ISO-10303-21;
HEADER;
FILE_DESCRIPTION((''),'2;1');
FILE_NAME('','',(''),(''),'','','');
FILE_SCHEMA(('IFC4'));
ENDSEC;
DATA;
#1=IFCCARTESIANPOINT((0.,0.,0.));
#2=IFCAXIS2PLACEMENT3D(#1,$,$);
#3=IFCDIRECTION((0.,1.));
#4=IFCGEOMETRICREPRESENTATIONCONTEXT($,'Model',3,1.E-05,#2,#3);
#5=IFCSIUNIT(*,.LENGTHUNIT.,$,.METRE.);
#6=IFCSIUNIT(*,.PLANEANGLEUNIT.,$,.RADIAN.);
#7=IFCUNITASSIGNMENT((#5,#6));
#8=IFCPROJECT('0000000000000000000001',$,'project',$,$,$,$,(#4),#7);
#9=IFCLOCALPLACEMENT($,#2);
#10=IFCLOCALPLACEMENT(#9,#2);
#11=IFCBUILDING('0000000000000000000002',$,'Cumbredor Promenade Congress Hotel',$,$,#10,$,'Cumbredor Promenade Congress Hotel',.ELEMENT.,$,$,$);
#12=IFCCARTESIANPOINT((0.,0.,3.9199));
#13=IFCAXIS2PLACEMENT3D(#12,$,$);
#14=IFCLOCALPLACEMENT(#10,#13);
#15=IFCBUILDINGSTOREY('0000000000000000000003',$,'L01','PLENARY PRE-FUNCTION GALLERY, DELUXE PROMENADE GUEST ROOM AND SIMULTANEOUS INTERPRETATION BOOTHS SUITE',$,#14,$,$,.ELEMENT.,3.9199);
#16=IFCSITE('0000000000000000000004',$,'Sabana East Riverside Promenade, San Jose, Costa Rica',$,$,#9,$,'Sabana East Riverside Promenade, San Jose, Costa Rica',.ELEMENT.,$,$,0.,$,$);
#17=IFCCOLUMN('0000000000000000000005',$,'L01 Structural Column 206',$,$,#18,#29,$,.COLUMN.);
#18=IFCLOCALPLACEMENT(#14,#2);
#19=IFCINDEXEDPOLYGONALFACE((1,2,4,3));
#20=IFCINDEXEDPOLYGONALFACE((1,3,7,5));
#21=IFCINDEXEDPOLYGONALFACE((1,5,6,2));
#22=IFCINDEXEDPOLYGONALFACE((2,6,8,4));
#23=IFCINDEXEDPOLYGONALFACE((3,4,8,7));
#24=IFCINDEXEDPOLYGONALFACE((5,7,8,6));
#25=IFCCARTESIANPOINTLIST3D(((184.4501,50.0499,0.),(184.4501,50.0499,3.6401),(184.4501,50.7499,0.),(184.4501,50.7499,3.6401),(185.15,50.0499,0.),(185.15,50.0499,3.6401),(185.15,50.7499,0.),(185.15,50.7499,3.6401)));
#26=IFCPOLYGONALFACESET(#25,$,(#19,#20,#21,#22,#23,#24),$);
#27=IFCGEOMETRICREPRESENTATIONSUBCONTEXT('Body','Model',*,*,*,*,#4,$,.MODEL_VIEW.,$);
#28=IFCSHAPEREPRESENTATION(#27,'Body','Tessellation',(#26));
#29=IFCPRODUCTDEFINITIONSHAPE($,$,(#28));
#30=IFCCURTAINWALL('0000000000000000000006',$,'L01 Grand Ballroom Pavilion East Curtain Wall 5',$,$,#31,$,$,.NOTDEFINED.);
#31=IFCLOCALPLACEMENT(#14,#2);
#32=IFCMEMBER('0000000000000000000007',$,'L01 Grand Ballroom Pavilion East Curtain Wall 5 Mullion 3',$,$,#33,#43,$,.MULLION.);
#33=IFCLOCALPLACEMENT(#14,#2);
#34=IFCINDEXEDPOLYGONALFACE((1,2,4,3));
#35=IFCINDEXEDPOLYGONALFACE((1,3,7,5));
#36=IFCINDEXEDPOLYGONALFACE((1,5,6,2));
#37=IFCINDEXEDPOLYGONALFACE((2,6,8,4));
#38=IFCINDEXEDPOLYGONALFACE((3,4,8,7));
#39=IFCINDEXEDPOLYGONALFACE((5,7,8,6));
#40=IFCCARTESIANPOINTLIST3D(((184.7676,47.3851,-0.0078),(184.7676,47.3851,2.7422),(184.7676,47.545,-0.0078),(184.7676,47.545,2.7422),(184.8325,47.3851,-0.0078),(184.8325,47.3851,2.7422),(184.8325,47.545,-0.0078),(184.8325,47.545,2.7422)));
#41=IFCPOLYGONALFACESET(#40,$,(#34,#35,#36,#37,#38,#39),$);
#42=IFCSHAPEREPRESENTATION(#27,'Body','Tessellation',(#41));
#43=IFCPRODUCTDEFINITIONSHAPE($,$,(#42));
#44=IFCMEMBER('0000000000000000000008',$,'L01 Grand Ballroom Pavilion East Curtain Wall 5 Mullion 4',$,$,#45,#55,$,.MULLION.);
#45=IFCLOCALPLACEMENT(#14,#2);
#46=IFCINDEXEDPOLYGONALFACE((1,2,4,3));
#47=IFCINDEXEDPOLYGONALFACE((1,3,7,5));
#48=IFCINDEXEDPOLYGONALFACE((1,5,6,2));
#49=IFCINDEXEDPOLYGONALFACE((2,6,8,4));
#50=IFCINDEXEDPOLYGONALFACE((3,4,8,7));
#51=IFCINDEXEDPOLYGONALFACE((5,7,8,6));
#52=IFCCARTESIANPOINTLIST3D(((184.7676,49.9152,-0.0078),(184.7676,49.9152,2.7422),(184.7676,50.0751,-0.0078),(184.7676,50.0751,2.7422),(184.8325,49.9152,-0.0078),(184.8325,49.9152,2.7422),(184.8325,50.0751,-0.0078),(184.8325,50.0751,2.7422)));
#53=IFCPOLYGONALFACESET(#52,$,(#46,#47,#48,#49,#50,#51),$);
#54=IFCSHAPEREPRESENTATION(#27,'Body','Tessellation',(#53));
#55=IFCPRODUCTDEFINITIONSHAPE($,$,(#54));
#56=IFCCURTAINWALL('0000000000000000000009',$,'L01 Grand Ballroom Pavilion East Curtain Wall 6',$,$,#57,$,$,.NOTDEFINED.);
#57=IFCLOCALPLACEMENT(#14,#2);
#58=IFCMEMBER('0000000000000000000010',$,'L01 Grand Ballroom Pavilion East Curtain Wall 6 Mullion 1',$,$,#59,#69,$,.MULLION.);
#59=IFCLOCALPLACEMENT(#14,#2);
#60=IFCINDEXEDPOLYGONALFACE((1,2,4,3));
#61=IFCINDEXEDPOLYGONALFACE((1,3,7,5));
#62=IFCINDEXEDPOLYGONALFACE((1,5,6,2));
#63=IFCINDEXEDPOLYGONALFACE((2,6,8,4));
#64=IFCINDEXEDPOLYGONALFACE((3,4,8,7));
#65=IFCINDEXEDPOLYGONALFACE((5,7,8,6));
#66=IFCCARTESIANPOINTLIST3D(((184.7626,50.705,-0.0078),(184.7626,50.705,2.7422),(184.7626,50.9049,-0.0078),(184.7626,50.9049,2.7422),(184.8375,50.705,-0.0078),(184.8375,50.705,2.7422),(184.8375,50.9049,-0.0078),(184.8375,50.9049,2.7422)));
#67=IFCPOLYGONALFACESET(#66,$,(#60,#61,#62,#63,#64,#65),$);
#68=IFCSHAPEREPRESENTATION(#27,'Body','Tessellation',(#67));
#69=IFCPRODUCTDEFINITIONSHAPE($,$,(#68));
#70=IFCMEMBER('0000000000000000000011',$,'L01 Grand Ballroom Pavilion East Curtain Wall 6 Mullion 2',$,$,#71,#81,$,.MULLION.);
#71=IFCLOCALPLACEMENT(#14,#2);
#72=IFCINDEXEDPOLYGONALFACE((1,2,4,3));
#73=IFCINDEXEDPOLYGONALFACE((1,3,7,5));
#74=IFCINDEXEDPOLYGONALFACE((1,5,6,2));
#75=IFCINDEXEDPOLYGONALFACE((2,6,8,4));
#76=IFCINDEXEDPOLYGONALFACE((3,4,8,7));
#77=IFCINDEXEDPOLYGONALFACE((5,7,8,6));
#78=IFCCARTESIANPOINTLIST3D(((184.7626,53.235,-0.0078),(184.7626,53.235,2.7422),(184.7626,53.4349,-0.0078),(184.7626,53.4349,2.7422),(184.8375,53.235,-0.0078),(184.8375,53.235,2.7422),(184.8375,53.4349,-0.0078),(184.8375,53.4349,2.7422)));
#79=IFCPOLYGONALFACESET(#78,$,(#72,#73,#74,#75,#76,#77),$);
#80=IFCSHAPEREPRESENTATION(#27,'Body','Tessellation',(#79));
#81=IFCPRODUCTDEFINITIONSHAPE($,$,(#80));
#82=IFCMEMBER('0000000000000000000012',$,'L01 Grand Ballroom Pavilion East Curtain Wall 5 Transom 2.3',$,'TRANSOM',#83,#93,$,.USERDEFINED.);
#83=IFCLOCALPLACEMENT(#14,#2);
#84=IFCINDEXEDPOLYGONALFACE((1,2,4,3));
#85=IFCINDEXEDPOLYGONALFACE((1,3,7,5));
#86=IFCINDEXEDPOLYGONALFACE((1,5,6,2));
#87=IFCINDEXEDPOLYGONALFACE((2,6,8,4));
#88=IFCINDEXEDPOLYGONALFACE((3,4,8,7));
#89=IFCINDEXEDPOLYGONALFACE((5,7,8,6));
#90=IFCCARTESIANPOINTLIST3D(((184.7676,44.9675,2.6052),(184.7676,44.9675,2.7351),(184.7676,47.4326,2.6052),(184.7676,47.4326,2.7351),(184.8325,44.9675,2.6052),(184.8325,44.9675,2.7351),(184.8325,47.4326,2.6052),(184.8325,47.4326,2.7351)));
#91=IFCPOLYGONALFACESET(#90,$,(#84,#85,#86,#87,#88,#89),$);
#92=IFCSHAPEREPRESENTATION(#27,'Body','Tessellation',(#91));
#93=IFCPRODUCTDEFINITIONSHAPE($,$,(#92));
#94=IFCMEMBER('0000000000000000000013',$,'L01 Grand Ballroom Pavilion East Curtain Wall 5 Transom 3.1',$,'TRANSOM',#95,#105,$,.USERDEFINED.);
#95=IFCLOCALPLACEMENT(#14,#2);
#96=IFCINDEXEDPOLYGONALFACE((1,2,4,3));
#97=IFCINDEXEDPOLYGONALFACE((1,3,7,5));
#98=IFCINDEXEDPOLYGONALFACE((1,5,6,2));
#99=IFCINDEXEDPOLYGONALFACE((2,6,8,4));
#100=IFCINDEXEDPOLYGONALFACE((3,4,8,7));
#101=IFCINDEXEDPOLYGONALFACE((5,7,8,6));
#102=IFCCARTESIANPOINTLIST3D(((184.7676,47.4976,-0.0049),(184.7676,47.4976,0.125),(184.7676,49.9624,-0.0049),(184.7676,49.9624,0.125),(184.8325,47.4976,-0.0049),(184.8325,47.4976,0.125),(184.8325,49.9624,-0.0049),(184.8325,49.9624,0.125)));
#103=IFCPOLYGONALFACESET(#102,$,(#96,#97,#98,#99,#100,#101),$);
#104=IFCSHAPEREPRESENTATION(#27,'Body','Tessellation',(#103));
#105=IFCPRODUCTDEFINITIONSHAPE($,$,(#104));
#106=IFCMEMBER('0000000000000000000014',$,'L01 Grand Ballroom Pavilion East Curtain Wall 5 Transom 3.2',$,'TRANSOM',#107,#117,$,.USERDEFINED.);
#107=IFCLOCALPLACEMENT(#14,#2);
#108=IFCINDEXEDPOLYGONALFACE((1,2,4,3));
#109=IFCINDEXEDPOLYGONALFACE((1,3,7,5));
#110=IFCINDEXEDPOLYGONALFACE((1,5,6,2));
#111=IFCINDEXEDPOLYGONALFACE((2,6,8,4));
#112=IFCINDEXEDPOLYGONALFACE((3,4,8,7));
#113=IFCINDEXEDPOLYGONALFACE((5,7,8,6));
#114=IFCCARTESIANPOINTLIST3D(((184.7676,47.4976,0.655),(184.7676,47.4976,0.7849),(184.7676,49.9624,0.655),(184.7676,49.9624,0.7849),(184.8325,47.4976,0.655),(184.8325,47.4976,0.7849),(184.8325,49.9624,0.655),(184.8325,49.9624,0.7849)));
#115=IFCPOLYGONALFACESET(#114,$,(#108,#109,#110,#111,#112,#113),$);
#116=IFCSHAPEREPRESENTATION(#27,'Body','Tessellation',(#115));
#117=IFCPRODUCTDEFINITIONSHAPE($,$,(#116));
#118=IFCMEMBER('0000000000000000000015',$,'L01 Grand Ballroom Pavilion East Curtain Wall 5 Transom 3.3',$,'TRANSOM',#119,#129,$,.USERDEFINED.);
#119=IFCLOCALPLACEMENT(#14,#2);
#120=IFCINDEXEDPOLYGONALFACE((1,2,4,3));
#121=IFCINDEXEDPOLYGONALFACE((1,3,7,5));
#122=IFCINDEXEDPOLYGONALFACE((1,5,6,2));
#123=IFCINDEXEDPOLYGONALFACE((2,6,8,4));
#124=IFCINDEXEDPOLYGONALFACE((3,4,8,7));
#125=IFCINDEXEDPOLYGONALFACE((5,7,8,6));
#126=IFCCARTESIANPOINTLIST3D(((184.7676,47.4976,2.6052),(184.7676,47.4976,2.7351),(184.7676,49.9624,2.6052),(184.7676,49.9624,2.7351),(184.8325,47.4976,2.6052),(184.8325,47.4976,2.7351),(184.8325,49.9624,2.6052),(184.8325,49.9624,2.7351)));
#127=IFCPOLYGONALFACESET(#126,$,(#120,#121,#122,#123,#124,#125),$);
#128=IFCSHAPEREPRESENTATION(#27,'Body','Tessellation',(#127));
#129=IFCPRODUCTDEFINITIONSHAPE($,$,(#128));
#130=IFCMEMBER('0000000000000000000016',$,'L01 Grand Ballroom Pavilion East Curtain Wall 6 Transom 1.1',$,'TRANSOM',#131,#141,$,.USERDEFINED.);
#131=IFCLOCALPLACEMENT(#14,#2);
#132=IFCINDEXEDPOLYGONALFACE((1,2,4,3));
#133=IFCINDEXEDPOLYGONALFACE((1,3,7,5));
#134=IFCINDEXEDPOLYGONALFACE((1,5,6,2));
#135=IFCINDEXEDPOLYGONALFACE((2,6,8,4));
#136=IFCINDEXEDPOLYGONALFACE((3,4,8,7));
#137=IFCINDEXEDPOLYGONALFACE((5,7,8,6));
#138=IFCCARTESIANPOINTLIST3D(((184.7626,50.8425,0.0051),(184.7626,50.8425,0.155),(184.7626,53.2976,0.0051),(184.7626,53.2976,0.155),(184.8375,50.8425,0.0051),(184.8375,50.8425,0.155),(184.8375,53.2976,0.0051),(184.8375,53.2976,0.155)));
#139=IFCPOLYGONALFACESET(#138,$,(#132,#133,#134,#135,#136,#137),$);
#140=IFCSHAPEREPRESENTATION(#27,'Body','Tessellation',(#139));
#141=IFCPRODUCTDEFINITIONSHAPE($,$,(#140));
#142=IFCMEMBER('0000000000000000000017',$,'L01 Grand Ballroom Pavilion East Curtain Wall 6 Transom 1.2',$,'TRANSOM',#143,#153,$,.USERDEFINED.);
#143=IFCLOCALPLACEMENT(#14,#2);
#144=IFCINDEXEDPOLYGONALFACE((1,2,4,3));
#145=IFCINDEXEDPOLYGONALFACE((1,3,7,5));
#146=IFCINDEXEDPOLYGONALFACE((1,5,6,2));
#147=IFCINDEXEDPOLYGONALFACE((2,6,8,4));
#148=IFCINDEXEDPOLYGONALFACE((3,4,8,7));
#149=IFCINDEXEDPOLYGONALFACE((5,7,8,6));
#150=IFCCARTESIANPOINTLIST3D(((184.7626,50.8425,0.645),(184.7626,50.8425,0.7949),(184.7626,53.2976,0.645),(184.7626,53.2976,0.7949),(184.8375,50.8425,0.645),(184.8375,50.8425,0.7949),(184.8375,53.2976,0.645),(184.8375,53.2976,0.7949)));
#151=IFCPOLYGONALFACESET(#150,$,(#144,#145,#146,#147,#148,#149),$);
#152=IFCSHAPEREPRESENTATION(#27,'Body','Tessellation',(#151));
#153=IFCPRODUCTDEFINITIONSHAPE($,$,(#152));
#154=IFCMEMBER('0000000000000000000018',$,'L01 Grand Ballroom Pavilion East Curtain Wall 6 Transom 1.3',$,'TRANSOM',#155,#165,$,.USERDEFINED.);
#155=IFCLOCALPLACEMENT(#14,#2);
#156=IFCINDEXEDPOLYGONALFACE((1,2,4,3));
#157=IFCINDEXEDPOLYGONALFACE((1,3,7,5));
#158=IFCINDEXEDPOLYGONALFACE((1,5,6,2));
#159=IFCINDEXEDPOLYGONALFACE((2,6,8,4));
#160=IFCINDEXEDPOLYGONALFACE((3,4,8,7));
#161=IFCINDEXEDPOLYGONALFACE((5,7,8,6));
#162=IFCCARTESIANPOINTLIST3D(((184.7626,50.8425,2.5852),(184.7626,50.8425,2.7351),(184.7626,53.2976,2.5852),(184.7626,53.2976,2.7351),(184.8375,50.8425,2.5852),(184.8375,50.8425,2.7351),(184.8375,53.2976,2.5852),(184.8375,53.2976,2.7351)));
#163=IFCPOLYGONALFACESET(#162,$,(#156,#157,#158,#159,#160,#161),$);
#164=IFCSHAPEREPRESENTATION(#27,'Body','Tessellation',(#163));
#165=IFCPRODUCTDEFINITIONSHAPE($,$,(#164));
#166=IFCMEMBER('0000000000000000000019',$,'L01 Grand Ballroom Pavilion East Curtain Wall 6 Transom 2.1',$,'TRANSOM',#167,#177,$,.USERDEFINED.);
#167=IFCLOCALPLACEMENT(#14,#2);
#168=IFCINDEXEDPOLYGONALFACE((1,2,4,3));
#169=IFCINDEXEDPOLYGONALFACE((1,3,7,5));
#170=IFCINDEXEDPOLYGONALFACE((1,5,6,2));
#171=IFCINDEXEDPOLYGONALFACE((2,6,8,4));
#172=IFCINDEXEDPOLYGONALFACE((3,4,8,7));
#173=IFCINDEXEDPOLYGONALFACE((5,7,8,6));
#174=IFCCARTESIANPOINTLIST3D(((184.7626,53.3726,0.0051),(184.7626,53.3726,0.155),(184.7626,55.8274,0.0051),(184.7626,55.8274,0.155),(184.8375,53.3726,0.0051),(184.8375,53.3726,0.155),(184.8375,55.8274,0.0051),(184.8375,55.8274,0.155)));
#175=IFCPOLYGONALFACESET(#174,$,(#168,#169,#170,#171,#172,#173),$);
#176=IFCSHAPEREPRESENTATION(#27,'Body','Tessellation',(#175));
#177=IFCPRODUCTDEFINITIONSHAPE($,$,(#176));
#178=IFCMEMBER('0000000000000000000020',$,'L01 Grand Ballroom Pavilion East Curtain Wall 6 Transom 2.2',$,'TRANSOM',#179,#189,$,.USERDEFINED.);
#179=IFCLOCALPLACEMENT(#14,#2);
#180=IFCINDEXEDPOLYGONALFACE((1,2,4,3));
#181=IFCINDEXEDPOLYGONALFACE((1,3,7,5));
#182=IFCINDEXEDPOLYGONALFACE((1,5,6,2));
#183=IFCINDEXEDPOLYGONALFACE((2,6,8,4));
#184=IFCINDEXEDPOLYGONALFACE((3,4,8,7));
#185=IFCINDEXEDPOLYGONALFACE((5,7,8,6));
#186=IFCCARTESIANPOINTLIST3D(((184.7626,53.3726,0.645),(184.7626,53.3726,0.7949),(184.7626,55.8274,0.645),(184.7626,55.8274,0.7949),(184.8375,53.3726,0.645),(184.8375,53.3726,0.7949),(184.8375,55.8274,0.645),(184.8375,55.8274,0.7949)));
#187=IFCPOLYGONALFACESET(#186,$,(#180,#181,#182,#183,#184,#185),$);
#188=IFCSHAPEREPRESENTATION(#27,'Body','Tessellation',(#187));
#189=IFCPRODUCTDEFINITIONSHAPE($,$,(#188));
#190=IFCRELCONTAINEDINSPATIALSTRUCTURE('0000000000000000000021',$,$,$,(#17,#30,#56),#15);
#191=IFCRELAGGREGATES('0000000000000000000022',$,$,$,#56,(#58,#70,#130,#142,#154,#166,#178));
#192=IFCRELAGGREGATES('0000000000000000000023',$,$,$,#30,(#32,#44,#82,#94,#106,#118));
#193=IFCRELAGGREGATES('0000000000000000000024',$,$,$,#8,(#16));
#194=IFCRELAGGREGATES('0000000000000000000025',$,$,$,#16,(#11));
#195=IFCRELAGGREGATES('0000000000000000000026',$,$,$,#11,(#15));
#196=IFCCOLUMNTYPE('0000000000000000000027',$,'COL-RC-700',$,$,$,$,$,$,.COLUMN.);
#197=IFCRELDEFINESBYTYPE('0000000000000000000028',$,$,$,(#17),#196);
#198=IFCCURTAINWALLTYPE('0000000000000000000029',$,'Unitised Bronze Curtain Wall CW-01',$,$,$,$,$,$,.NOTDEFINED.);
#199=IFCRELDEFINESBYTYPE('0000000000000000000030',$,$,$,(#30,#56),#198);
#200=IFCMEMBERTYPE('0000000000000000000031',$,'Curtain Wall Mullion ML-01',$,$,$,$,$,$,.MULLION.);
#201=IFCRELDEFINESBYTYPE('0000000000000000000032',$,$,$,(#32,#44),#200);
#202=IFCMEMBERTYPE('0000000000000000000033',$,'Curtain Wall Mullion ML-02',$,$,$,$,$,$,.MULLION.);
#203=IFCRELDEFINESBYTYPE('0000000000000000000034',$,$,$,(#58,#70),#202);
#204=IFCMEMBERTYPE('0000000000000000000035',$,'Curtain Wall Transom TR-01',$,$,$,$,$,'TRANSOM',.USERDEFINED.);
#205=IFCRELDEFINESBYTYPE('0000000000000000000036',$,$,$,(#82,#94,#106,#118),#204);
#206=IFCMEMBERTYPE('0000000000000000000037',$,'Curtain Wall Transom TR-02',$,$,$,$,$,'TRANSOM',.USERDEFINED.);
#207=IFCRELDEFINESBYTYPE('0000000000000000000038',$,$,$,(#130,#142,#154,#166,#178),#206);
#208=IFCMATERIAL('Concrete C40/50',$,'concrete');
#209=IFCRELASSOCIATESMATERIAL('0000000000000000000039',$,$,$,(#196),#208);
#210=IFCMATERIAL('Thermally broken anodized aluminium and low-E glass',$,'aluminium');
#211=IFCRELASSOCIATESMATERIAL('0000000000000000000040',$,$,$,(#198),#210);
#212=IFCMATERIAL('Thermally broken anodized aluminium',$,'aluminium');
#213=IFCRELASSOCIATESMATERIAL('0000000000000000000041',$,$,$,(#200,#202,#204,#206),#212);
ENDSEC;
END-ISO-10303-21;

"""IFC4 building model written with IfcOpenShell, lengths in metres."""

from ifc_helpers import new_model, si_unit, direction, frame, origin, origin_2d, place, context, subcontext, project, spatial, rectangle, extrude, material, material_profile, profile_set, type_object, element, aggregate, save


model = new_model("IFC4")

# Units and contexts
model_context = context("Model", 3, precision=1e-05, world=origin(), true_north=direction((0.0, 1.0)))
body_context = subcontext(model_context, "Body", "Model", "MODEL_VIEW")
ifc_project = project(units=[si_unit("LENGTHUNIT", "METRE"), si_unit("PLANEANGLEUNIT", "RADIAN")], contexts=[model_context])

# Site, building, storey
site_placement = place(None, origin())
site = spatial("IfcSite", under=ifc_project, at=site_placement, Name="Sabana East Riverside Promenade, San Jose, Costa Rica", LongName="Sabana East Riverside Promenade, San Jose, Costa Rica", CompositionType="ELEMENT", RefElevation=0.0)
building_placement = place(site_placement, origin())
building = spatial("IfcBuilding", under=site, at=building_placement, Name="Cumbredor Promenade Congress Hotel", LongName="Cumbredor Promenade Congress Hotel", CompositionType="ELEMENT")
storey_placement = place(building_placement, frame((0.0, 0.0, 3.9199)))
storey = spatial("IfcBuildingStorey", under=building, at=storey_placement, Name="L01", Description="PLENARY PRE-FUNCTION GALLERY, DELUXE PROMENADE GUEST ROOM AND SIMULTANEOUS INTERPRETATION BOOTHS SUITE", CompositionType="ELEMENT", Elevation=3.9199)

# Column
ifc_material_1 = material(Name="Concrete C40/50", Category="concrete")
ifc_material_profile_1 = material_profile(ifc_material_1, rectangle(XDim=0.7, YDim=0.7, at=origin_2d()), Name="RC 700x700")
ifc_profile_set_1 = profile_set([ifc_material_profile_1], Name="Concrete C40/50")
column_type = type_object("IfcColumnType", Name="COL-RC-700", PredefinedType="COLUMN", material=ifc_profile_set_1)
column_placement = place(storey_placement, frame((184.8, 50.3999, 0.0), z_axis=(0.0, 0.0, 1.0), x_axis=(1.0, 0.0, 0.0)))
element("IfcColumn", 1, at=column_placement, inside=storey, type_object=column_type, Name="L01 Structural Column 206", PredefinedType="COLUMN", context=body_context, shape_type="SweptSolid", body=[
    extrude(rectangle(XDim=0.7, YDim=0.7, at=origin_2d()), origin(), (0.0, 0.0, 1.0), 3.6401),
])

# Curtain walls, members
ifc_material_2 = material(Name="Thermally broken anodized aluminium and low-E glass", Category="aluminium")
curtain_wall_type = type_object("IfcCurtainWallType", Name="Unitised Bronze Curtain Wall CW-01", PredefinedType="NOTDEFINED", material=ifc_material_2)
curtain_wall_1_placement = place(storey_placement, origin())
curtain_wall_1 = element("IfcCurtainWall", 2, at=curtain_wall_1_placement, inside=storey, type_object=curtain_wall_type, Name="L01 Grand Ballroom Pavilion East Curtain Wall 5", PredefinedType="NOTDEFINED")
ifc_material_3 = material(Name="Thermally broken anodized aluminium", Category="aluminium")
ifc_material_profile_2 = material_profile(ifc_material_3, rectangle(XDim=0.0649, YDim=0.1599, at=origin_2d()), Name="ALU MULLION 65x160")
ifc_profile_set_2 = profile_set([ifc_material_profile_2], Name="Thermally broken anodized aluminium")
member_type_1 = type_object("IfcMemberType", Name="Curtain Wall Mullion ML-01", PredefinedType="MULLION", material=ifc_profile_set_2)
member_1_placement = place(storey_placement, frame((184.8, 47.4651, -0.0078), z_axis=(0.0, 0.0, 1.0), x_axis=(1.0, 0.0, 0.0)))
member_1 = element("IfcMember", 3, at=member_1_placement, type_object=member_type_1, Name="L01 Grand Ballroom Pavilion East Curtain Wall 5 Mullion 3", PredefinedType="MULLION", context=body_context, shape_type="SweptSolid", body=[
    extrude(rectangle(XDim=0.0649, YDim=0.1599, at=origin_2d()), origin(), (0.0, 0.0, 1.0), 2.75),
])
member_2_placement = place(storey_placement, frame((184.8, 49.9951, -0.0078), z_axis=(0.0, 0.0, 1.0), x_axis=(1.0, 0.0, 0.0)))
member_2 = element("IfcMember", 4, at=member_2_placement, type_object=member_type_1, Name="L01 Grand Ballroom Pavilion East Curtain Wall 5 Mullion 4", PredefinedType="MULLION", context=body_context, shape_type="SweptSolid", body=[
    extrude(rectangle(XDim=0.0649, YDim=0.1599, at=origin_2d()), origin(), (0.0, 0.0, 1.0), 2.75),
])
curtain_wall_2_placement = place(storey_placement, origin())
curtain_wall_2 = element("IfcCurtainWall", 5, at=curtain_wall_2_placement, inside=storey, type_object=curtain_wall_type, Name="L01 Grand Ballroom Pavilion East Curtain Wall 6", PredefinedType="NOTDEFINED")
ifc_material_profile_3 = material_profile(ifc_material_3, rectangle(XDim=0.075, YDim=0.2, at=origin_2d()), Name="ALU MULLION 75x200")
ifc_profile_set_3 = profile_set([ifc_material_profile_3], Name="Thermally broken anodized aluminium")
member_type_2 = type_object("IfcMemberType", Name="Curtain Wall Mullion ML-02", PredefinedType="MULLION", material=ifc_profile_set_3)
member_3_placement = place(storey_placement, frame((184.8, 50.8049, -0.0078), z_axis=(0.0, 0.0, 1.0), x_axis=(1.0, 0.0, 0.0)))
member_3 = element("IfcMember", 6, at=member_3_placement, type_object=member_type_2, Name="L01 Grand Ballroom Pavilion East Curtain Wall 6 Mullion 1", PredefinedType="MULLION", context=body_context, shape_type="SweptSolid", body=[
    extrude(rectangle(XDim=0.075, YDim=0.2, at=origin_2d()), origin(), (0.0, 0.0, 1.0), 2.75),
])
member_4_placement = place(storey_placement, frame((184.8, 53.335, -0.0078), z_axis=(0.0, 0.0, 1.0), x_axis=(1.0, 0.0, 0.0)))
member_4 = element("IfcMember", 7, at=member_4_placement, type_object=member_type_2, Name="L01 Grand Ballroom Pavilion East Curtain Wall 6 Mullion 2", PredefinedType="MULLION", context=body_context, shape_type="SweptSolid", body=[
    extrude(rectangle(XDim=0.075, YDim=0.2, at=origin_2d()), origin(), (0.0, 0.0, 1.0), 2.75),
])

# Members
ifc_material_profile_4 = material_profile(ifc_material_3, rectangle(XDim=0.0649, YDim=0.1299, at=origin_2d()), Name="ALU TRANSOM 65x130")
ifc_profile_set_4 = profile_set([ifc_material_profile_4], Name="Thermally broken anodized aluminium")
member_type_3 = type_object("IfcMemberType", Name="Curtain Wall Transom TR-01", ElementType="TRANSOM", PredefinedType="USERDEFINED", material=ifc_profile_set_4)
member_5_placement = place(storey_placement, frame((184.8, 44.9675, 2.6702), z_axis=(0.0, 1.0, 0.0), x_axis=(-1.0, 0.0, 0.0)))
member_5 = element("IfcMember", 8, at=member_5_placement, type_object=member_type_3, Name="L01 Grand Ballroom Pavilion East Curtain Wall 5 Transom 2.3", ObjectType="TRANSOM", PredefinedType="USERDEFINED", context=body_context, shape_type="SweptSolid", body=[
    extrude(rectangle(XDim=0.0649, YDim=0.1299, at=origin_2d()), origin(), (0.0, 0.0, 1.0), 2.4651),
])
member_6_placement = place(storey_placement, frame((184.8, 47.4976, 0.0601), z_axis=(0.0, 1.0, 0.0), x_axis=(-1.0, 0.0, 0.0)))
member_6 = element("IfcMember", 9, at=member_6_placement, type_object=member_type_3, Name="L01 Grand Ballroom Pavilion East Curtain Wall 5 Transom 3.1", ObjectType="TRANSOM", PredefinedType="USERDEFINED", context=body_context, shape_type="SweptSolid", body=[
    extrude(rectangle(XDim=0.0649, YDim=0.1299, at=origin_2d()), origin(), (0.0, 0.0, 1.0), 2.4648),
])
member_7_placement = place(storey_placement, frame((184.8, 47.4976, 0.72), z_axis=(0.0, 1.0, 0.0), x_axis=(-1.0, 0.0, 0.0)))
member_7 = element("IfcMember", 10, at=member_7_placement, type_object=member_type_3, Name="L01 Grand Ballroom Pavilion East Curtain Wall 5 Transom 3.2", ObjectType="TRANSOM", PredefinedType="USERDEFINED", context=body_context, shape_type="SweptSolid", body=[
    extrude(rectangle(XDim=0.0649, YDim=0.1299, at=origin_2d()), origin(), (0.0, 0.0, 1.0), 2.4648),
])
member_8_placement = place(storey_placement, frame((184.8, 47.4976, 2.6702), z_axis=(0.0, 1.0, 0.0), x_axis=(-1.0, 0.0, 0.0)))
member_8 = element("IfcMember", 11, at=member_8_placement, type_object=member_type_3, Name="L01 Grand Ballroom Pavilion East Curtain Wall 5 Transom 3.3", ObjectType="TRANSOM", PredefinedType="USERDEFINED", context=body_context, shape_type="SweptSolid", body=[
    extrude(rectangle(XDim=0.0649, YDim=0.1299, at=origin_2d()), origin(), (0.0, 0.0, 1.0), 2.4648),
])
ifc_material_profile_5 = material_profile(ifc_material_3, rectangle(XDim=0.075, YDim=0.1499, at=origin_2d()), Name="ALU TRANSOM 75x150")
ifc_profile_set_5 = profile_set([ifc_material_profile_5], Name="Thermally broken anodized aluminium")
member_type_4 = type_object("IfcMemberType", Name="Curtain Wall Transom TR-02", ElementType="TRANSOM", PredefinedType="USERDEFINED", material=ifc_profile_set_5)
member_9_placement = place(storey_placement, frame((184.8, 50.8425, 0.0801), z_axis=(0.0, 1.0, 0.0), x_axis=(-1.0, 0.0, 0.0)))
member_9 = element("IfcMember", 12, at=member_9_placement, type_object=member_type_4, Name="L01 Grand Ballroom Pavilion East Curtain Wall 6 Transom 1.1", ObjectType="TRANSOM", PredefinedType="USERDEFINED", context=body_context, shape_type="SweptSolid", body=[
    extrude(rectangle(XDim=0.075, YDim=0.1499, at=origin_2d()), origin(), (0.0, 0.0, 1.0), 2.4551),
])
member_10_placement = place(storey_placement, frame((184.8, 50.8425, 0.72), z_axis=(0.0, 1.0, 0.0), x_axis=(-1.0, 0.0, 0.0)))
member_10 = element("IfcMember", 13, at=member_10_placement, type_object=member_type_4, Name="L01 Grand Ballroom Pavilion East Curtain Wall 6 Transom 1.2", ObjectType="TRANSOM", PredefinedType="USERDEFINED", context=body_context, shape_type="SweptSolid", body=[
    extrude(rectangle(XDim=0.075, YDim=0.1499, at=origin_2d()), origin(), (0.0, 0.0, 1.0), 2.4551),
])
member_11_placement = place(storey_placement, frame((184.8, 50.8425, 2.6602), z_axis=(0.0, 1.0, 0.0), x_axis=(-1.0, 0.0, 0.0)))
member_11 = element("IfcMember", 14, at=member_11_placement, type_object=member_type_4, Name="L01 Grand Ballroom Pavilion East Curtain Wall 6 Transom 1.3", ObjectType="TRANSOM", PredefinedType="USERDEFINED", context=body_context, shape_type="SweptSolid", body=[
    extrude(rectangle(XDim=0.075, YDim=0.1499, at=origin_2d()), origin(), (0.0, 0.0, 1.0), 2.4551),
])
member_12_placement = place(storey_placement, frame((184.8, 53.3726, 0.0801), z_axis=(0.0, 1.0, 0.0), x_axis=(-1.0, 0.0, 0.0)))
member_12 = element("IfcMember", 15, at=member_12_placement, type_object=member_type_4, Name="L01 Grand Ballroom Pavilion East Curtain Wall 6 Transom 2.1", ObjectType="TRANSOM", PredefinedType="USERDEFINED", context=body_context, shape_type="SweptSolid", body=[
    extrude(rectangle(XDim=0.075, YDim=0.1499, at=origin_2d()), origin(), (0.0, 0.0, 1.0), 2.4548),
])
member_13_placement = place(storey_placement, frame((184.8, 53.3726, 0.72), z_axis=(0.0, 1.0, 0.0), x_axis=(-1.0, 0.0, 0.0)))
member_13 = element("IfcMember", 16, at=member_13_placement, type_object=member_type_4, Name="L01 Grand Ballroom Pavilion East Curtain Wall 6 Transom 2.2", ObjectType="TRANSOM", PredefinedType="USERDEFINED", context=body_context, shape_type="SweptSolid", body=[
    extrude(rectangle(XDim=0.075, YDim=0.1499, at=origin_2d()), origin(), (0.0, 0.0, 1.0), 2.4548),
])

aggregate(curtain_wall_2, [member_3, member_4, member_9, member_10, member_11, member_12, member_13])
aggregate(curtain_wall_1, [member_1, member_2, member_5, member_6, member_7, member_8])

save(model, "model.ifc")
